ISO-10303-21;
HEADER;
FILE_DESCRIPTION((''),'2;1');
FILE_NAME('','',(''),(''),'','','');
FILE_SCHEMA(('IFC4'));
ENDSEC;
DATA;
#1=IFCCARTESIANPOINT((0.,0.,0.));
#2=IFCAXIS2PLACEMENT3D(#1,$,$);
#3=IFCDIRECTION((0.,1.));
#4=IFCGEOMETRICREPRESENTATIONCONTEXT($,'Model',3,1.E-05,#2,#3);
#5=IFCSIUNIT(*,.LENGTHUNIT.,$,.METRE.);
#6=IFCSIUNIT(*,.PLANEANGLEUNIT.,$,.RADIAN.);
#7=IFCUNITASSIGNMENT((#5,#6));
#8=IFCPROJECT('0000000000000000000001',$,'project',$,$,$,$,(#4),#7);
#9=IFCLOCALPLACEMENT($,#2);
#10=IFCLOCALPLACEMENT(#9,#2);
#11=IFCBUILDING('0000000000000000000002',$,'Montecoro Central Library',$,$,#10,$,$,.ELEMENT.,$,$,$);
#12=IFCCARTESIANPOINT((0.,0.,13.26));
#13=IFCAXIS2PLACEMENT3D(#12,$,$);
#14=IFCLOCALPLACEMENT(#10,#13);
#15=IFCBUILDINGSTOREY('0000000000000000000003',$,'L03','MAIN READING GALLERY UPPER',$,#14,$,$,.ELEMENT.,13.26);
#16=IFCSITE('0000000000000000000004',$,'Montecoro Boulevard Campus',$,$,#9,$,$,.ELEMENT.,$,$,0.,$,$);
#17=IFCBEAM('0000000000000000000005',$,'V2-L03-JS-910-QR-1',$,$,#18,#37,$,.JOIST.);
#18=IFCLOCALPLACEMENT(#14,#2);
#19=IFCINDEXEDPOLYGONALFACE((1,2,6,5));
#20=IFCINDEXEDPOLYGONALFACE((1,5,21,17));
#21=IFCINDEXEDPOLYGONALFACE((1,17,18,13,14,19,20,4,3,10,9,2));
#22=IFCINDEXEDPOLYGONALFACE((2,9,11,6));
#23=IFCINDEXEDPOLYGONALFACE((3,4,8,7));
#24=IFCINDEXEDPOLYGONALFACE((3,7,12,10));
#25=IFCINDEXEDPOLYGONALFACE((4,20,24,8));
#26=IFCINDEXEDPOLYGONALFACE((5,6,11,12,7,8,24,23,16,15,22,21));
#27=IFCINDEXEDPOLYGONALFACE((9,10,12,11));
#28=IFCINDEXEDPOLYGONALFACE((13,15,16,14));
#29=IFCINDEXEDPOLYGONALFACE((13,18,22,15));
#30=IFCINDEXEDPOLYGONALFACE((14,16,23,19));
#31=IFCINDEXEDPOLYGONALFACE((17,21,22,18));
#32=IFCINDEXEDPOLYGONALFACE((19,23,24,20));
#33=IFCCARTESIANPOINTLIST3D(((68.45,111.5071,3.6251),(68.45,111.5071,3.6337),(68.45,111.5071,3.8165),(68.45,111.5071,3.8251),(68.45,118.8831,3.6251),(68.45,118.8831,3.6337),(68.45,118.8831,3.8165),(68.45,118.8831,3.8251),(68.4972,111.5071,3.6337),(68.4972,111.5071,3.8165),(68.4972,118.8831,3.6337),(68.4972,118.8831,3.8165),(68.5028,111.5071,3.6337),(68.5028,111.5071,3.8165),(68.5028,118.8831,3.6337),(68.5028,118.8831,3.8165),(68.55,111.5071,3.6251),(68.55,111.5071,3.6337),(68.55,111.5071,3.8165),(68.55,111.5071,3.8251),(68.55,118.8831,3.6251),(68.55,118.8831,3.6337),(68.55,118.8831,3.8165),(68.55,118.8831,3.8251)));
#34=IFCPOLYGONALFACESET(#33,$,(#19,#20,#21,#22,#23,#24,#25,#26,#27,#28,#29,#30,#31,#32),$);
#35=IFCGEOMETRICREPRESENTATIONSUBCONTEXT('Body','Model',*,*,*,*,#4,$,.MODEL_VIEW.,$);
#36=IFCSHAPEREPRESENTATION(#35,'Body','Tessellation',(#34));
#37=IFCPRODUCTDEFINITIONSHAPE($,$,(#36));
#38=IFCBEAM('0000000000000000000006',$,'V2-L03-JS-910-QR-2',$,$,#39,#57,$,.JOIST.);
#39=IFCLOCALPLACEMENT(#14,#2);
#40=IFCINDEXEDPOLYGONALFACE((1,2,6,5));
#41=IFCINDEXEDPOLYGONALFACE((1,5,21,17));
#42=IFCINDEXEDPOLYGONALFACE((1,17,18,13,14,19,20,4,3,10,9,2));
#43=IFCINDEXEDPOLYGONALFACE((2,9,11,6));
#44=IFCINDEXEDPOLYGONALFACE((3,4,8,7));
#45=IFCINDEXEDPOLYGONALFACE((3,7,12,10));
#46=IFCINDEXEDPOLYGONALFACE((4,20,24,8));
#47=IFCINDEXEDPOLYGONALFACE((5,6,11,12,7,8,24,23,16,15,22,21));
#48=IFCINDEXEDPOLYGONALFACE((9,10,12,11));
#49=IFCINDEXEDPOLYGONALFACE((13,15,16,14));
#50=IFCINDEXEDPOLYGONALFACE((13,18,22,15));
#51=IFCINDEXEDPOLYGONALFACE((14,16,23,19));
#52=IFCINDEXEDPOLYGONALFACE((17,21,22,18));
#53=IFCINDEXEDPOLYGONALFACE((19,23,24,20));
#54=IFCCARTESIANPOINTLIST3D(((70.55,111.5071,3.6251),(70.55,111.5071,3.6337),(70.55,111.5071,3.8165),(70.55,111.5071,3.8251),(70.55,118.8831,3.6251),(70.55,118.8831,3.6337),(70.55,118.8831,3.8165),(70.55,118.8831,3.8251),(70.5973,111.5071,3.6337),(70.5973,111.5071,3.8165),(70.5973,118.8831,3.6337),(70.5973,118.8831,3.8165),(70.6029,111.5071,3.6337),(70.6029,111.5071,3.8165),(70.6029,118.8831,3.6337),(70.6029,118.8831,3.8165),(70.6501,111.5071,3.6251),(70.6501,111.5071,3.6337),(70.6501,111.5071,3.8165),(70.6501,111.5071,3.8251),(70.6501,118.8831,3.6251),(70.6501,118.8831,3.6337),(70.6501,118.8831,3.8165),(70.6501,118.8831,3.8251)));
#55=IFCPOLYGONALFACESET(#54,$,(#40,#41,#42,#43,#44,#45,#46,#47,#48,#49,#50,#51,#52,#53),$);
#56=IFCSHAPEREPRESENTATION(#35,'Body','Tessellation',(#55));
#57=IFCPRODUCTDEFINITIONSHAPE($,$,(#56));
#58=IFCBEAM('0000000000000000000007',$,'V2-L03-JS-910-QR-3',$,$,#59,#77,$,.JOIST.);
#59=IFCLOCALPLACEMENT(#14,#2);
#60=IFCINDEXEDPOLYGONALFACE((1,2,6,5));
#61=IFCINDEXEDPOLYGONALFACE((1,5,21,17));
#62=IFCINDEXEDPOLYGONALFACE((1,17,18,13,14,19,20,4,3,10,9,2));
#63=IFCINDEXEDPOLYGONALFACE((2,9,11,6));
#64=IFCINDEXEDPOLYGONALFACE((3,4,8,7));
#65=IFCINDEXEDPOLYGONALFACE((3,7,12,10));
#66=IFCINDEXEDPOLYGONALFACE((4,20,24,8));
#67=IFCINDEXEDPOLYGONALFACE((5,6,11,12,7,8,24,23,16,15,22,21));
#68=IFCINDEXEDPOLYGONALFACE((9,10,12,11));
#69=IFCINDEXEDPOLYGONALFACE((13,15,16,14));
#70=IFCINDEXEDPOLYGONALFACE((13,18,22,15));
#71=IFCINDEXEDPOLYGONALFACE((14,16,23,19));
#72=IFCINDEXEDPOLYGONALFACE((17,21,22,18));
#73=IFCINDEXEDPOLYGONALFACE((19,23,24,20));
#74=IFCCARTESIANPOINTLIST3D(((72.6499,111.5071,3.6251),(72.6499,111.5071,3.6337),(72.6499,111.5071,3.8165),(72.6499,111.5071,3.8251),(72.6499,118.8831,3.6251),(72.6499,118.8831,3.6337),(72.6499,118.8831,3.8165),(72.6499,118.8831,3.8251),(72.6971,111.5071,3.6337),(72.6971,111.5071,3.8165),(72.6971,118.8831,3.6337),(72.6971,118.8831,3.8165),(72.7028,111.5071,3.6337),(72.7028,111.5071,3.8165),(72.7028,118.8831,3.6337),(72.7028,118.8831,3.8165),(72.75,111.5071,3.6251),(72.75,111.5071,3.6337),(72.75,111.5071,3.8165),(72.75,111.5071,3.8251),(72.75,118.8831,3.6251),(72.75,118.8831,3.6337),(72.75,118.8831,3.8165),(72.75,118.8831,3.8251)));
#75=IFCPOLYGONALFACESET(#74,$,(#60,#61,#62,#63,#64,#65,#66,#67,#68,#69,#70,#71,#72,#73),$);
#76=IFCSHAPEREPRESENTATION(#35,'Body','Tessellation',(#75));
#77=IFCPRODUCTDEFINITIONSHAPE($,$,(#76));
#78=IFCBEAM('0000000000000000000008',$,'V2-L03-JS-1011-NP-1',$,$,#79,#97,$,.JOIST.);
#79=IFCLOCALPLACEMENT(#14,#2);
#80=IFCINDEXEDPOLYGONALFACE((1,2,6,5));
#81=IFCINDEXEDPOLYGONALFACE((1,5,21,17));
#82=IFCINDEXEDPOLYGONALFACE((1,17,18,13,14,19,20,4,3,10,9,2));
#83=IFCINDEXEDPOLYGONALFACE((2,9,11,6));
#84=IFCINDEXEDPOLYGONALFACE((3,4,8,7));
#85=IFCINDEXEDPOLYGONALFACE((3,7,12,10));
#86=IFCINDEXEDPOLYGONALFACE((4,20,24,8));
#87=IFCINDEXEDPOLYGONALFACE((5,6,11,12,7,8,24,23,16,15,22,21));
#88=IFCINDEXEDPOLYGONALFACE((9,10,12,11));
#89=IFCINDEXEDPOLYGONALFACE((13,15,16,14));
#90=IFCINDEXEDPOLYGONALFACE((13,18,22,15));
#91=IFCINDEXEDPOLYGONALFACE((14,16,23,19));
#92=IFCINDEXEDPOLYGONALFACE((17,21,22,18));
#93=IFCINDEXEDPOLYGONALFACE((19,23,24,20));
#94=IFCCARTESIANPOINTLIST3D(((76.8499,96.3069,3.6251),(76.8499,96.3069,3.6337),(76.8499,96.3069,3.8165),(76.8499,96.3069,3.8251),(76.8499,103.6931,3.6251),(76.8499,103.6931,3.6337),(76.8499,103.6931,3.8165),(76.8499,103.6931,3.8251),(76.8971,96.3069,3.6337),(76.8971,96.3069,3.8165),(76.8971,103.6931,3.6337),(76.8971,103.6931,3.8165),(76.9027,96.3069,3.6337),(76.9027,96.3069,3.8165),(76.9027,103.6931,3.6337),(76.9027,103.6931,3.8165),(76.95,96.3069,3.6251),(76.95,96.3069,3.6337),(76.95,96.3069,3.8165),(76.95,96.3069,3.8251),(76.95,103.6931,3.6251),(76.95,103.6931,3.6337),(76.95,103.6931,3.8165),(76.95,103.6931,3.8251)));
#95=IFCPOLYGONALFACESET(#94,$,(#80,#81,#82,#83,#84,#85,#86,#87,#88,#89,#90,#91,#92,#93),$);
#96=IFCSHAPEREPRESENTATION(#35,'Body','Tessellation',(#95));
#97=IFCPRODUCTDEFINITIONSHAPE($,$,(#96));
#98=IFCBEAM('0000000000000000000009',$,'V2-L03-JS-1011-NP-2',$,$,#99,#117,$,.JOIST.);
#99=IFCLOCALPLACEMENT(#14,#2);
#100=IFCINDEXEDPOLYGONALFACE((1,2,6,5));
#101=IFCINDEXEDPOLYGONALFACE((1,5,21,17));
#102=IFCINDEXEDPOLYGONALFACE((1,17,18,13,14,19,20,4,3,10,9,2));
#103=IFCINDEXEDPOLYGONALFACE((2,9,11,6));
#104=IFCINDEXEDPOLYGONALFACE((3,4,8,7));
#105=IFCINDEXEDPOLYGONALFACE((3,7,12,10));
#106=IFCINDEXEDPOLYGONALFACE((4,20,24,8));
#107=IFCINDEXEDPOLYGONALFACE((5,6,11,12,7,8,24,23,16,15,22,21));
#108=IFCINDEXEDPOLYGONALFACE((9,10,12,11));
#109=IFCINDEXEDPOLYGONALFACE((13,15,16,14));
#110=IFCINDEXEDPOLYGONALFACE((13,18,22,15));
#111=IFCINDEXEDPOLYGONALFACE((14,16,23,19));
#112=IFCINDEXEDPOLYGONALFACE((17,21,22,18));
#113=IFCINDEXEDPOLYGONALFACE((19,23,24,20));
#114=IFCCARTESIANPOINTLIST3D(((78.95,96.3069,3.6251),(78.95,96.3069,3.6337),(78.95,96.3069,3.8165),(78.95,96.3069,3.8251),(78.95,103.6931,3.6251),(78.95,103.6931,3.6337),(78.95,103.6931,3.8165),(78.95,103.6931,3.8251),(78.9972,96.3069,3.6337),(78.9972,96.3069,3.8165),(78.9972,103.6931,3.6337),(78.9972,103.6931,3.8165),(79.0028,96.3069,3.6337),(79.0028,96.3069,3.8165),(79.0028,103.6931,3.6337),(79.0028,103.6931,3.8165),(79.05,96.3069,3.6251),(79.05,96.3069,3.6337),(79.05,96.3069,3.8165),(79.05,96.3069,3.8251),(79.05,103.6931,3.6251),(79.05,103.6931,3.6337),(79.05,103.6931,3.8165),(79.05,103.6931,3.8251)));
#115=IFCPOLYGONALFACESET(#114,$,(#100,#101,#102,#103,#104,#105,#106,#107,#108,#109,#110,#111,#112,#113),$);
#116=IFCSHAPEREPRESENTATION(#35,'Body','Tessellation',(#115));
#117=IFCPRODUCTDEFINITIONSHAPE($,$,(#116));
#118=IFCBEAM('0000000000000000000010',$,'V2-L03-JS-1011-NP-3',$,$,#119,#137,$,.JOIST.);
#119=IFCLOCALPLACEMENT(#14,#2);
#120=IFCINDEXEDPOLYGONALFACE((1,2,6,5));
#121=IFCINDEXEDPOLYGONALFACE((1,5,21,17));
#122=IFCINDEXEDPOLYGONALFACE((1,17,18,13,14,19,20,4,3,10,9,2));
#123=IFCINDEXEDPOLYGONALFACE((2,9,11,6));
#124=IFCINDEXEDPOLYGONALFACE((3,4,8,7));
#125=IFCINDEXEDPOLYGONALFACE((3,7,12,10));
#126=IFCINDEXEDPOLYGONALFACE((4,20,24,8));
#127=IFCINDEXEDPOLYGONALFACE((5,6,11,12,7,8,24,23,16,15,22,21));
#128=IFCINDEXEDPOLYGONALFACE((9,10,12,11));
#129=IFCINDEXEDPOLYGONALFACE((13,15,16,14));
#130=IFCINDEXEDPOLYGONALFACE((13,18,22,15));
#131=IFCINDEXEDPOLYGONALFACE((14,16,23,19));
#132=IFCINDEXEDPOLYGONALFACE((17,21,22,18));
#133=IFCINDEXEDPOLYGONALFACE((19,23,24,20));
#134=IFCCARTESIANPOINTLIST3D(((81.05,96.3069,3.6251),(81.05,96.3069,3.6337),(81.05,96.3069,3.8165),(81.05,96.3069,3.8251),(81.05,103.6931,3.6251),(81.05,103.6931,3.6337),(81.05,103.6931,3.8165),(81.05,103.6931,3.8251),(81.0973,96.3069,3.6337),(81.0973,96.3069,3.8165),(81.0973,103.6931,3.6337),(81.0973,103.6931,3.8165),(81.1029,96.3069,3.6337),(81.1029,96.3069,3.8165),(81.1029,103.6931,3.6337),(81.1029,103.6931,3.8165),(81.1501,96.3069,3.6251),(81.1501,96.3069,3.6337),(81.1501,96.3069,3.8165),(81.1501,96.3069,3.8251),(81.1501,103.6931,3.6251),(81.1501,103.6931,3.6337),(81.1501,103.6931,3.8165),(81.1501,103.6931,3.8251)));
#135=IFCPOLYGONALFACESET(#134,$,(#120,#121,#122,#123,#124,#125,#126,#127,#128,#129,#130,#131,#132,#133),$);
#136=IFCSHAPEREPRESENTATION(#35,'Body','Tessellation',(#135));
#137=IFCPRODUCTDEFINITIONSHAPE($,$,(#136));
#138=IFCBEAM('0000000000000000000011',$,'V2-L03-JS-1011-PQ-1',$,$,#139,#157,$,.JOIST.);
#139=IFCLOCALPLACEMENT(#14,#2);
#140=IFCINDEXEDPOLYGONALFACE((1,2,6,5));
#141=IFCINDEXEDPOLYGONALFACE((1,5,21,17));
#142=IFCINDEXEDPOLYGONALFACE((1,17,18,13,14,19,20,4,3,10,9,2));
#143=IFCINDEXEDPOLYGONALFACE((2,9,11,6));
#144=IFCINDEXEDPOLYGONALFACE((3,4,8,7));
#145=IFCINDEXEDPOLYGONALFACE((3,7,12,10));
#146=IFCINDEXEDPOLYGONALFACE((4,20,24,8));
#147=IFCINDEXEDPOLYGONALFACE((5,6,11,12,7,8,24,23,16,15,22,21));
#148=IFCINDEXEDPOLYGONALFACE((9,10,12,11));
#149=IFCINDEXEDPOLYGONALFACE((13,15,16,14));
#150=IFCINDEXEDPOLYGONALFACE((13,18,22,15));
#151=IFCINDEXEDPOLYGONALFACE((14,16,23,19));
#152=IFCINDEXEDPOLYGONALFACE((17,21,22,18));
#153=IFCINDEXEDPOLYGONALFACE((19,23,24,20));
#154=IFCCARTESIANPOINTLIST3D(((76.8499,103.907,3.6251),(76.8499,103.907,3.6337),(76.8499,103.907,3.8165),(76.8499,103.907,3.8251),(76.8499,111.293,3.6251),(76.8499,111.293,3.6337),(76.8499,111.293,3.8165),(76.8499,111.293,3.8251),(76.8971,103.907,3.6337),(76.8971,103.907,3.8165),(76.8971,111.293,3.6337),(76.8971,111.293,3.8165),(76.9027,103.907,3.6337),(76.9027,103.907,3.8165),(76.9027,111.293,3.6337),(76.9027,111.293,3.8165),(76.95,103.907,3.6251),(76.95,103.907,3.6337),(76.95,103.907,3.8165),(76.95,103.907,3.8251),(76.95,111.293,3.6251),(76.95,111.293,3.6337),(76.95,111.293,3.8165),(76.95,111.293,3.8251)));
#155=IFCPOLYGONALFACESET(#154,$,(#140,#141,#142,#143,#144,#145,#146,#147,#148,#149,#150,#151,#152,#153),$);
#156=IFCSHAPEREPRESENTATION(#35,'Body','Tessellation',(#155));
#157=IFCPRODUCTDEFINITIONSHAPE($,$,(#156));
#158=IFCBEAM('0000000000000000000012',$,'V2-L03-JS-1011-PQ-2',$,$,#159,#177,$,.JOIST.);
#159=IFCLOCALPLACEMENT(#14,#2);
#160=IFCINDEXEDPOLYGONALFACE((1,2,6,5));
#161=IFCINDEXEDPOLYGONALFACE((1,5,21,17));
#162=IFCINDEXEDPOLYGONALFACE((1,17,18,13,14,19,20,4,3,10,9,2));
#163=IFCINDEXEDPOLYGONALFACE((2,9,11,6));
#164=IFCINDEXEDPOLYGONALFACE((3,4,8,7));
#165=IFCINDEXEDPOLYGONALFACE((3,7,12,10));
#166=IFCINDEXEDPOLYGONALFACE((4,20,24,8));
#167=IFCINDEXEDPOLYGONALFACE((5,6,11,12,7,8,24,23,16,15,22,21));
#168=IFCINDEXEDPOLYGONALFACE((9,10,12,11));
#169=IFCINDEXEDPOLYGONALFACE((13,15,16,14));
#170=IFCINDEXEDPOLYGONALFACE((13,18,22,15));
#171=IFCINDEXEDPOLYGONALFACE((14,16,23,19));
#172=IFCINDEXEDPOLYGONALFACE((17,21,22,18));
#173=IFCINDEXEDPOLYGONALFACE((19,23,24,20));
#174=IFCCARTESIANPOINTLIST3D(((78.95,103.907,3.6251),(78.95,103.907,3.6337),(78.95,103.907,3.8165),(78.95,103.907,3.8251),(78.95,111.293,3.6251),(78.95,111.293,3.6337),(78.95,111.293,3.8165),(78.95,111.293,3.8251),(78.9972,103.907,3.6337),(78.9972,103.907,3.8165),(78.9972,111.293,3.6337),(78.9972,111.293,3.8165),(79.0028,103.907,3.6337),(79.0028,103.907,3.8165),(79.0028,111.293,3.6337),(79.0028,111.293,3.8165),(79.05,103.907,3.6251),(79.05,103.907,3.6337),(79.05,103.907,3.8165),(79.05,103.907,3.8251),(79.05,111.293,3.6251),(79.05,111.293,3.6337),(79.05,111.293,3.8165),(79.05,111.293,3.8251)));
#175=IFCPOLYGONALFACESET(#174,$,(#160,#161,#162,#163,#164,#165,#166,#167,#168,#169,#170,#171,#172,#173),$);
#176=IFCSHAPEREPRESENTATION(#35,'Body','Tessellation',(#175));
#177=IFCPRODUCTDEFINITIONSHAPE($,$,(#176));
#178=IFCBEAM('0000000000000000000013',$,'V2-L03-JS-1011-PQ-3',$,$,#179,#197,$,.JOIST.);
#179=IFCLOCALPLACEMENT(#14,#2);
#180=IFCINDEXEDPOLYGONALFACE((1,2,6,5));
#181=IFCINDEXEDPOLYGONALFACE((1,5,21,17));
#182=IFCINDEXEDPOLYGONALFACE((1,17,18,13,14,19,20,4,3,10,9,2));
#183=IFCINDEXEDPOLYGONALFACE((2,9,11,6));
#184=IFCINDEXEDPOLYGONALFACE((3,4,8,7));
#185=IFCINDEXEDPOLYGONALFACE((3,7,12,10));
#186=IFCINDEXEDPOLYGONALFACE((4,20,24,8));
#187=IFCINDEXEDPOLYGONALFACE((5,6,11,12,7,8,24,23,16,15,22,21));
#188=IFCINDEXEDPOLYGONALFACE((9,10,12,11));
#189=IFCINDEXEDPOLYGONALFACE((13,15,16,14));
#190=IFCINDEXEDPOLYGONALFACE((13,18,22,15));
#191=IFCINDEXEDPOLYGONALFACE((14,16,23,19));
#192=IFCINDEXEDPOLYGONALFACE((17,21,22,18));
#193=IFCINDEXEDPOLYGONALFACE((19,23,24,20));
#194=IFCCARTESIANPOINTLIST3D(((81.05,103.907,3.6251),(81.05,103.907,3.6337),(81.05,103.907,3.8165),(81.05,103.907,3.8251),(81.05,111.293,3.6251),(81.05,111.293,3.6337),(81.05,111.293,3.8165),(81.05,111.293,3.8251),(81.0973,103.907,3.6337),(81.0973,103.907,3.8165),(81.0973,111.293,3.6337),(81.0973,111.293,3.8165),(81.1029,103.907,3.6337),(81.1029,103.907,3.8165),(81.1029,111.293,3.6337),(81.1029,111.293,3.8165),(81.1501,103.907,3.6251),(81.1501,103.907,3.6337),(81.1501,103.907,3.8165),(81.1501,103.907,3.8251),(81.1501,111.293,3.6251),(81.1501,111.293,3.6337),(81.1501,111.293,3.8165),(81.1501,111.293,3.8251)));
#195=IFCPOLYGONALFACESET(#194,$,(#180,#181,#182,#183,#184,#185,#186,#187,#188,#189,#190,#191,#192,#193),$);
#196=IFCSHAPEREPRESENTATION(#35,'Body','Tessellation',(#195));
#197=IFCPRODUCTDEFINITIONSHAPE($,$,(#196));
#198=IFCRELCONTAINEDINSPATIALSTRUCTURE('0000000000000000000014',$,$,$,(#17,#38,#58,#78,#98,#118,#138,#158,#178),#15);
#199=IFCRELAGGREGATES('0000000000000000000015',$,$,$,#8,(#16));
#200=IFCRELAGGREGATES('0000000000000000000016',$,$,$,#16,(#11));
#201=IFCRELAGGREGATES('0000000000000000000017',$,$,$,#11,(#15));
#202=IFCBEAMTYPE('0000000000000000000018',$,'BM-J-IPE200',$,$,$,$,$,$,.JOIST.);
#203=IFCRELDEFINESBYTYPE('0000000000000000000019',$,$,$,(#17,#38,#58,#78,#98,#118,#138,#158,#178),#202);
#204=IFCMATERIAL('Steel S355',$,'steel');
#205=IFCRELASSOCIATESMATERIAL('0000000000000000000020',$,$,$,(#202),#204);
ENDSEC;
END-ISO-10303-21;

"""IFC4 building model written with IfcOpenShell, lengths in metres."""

from ifc_helpers import new_model, si_unit, direction, frame, origin, origin_2d, place, context, subcontext, project, spatial, i_section, extrude, material, material_profile, profile_set, type_object, element, save


model = new_model("IFC4")

# Units and contexts
model_context = context("Model", 3, precision=1e-05, world=origin(), true_north=direction((0.0, 1.0)))
body_context = subcontext(model_context, "Body", "Model", "MODEL_VIEW")
ifc_project = project(units=[si_unit("LENGTHUNIT", "METRE"), si_unit("PLANEANGLEUNIT", "RADIAN")], contexts=[model_context])

# Site, building, storey
site_placement = place(None, origin())
site = spatial("IfcSite", under=ifc_project, at=site_placement, Name="Montecoro Boulevard Campus", CompositionType="ELEMENT", RefElevation=0.0)
building_placement = place(site_placement, origin())
building = spatial("IfcBuilding", under=site, at=building_placement, Name="Montecoro Central Library", CompositionType="ELEMENT")
storey_placement = place(building_placement, frame((0.0, 0.0, 13.26)))
storey = spatial("IfcBuildingStorey", under=building, at=storey_placement, Name="L03", Description="MAIN READING GALLERY UPPER", CompositionType="ELEMENT", Elevation=13.26)

# Shared definitions
ifc_material_1 = material(Name="Steel S355", Category="steel")

# Beams
ifc_material_profile_1 = material_profile(ifc_material_1, i_section(OverallWidth=0.1001, OverallDepth=0.2, WebThickness=0.0056, FlangeThickness=0.0085, at=origin_2d()), Name="IPE 200")
ifc_profile_set_1 = profile_set([ifc_material_profile_1], Name="Steel S355")
beam_type_1 = type_object("IfcBeamType", Name="BM-J-IPE200", PredefinedType="JOIST", material=ifc_profile_set_1)
for number, where, z_axis, x_axis, name in (
    (1, (68.5, 111.5071, 3.7251), (0.0, 1.0, 0.0), (-1.0, 0.0, 0.0), "V2-L03-JS-910-QR-1"),
    (2, (70.6001, 111.5071, 3.7251), (0.0, 1.0, 0.0), (-1.0, 0.0, 0.0), "V2-L03-JS-910-QR-2"),
    (3, (72.7, 111.5071, 3.7251), (0.0, 1.0, 0.0), (-1.0, 0.0, 0.0), "V2-L03-JS-910-QR-3"),
):
    element("IfcBeam", number, at=place(storey_placement, frame(where, z_axis=z_axis, x_axis=x_axis)), inside=storey, type_object=beam_type_1, Name=name, PredefinedType="JOIST", context=body_context, shape_type="SweptSolid", body=[
        extrude(i_section(OverallWidth=0.1001, OverallDepth=0.2, WebThickness=0.0056, FlangeThickness=0.0085, at=origin_2d()), origin(), (0.0, 0.0, 1.0), 7.376),
    ])
for number, where, z_axis, x_axis, name in (
    (4, (76.8999, 96.3069, 3.7251), (0.0, 1.0, 0.0), (-1.0, 0.0, 0.0), "V2-L03-JS-1011-NP-1"),
    (5, (79.0, 96.3069, 3.7251), (0.0, 1.0, 0.0), (-1.0, 0.0, 0.0), "V2-L03-JS-1011-NP-2"),
    (6, (81.1001, 96.3069, 3.7251), (0.0, 1.0, 0.0), (-1.0, 0.0, 0.0), "V2-L03-JS-1011-NP-3"),
):
    element("IfcBeam", number, at=place(storey_placement, frame(where, z_axis=z_axis, x_axis=x_axis)), inside=storey, type_object=beam_type_1, Name=name, PredefinedType="JOIST", context=body_context, shape_type="SweptSolid", body=[
        extrude(i_section(OverallWidth=0.1001, OverallDepth=0.2, WebThickness=0.0056, FlangeThickness=0.0085, at=origin_2d()), origin(), (0.0, 0.0, 1.0), 7.3862),
    ])
for number, where, z_axis, x_axis, name in (
    (7, (76.8999, 103.907, 3.7251), (0.0, 1.0, 0.0), (-1.0, 0.0, 0.0), "V2-L03-JS-1011-PQ-1"),
    (8, (79.0, 103.907, 3.7251), (0.0, 1.0, 0.0), (-1.0, 0.0, 0.0), "V2-L03-JS-1011-PQ-2"),
    (9, (81.1001, 103.907, 3.7251), (0.0, 1.0, 0.0), (-1.0, 0.0, 0.0), "V2-L03-JS-1011-PQ-3"),
):
    element("IfcBeam", number, at=place(storey_placement, frame(where, z_axis=z_axis, x_axis=x_axis)), inside=storey, type_object=beam_type_1, Name=name, PredefinedType="JOIST", context=body_context, shape_type="SweptSolid", body=[
        extrude(i_section(OverallWidth=0.1001, OverallDepth=0.2, WebThickness=0.0056, FlangeThickness=0.0085, at=origin_2d()), origin(), (0.0, 0.0, 1.0), 7.386),
    ])

save(model, "model.ifc")
